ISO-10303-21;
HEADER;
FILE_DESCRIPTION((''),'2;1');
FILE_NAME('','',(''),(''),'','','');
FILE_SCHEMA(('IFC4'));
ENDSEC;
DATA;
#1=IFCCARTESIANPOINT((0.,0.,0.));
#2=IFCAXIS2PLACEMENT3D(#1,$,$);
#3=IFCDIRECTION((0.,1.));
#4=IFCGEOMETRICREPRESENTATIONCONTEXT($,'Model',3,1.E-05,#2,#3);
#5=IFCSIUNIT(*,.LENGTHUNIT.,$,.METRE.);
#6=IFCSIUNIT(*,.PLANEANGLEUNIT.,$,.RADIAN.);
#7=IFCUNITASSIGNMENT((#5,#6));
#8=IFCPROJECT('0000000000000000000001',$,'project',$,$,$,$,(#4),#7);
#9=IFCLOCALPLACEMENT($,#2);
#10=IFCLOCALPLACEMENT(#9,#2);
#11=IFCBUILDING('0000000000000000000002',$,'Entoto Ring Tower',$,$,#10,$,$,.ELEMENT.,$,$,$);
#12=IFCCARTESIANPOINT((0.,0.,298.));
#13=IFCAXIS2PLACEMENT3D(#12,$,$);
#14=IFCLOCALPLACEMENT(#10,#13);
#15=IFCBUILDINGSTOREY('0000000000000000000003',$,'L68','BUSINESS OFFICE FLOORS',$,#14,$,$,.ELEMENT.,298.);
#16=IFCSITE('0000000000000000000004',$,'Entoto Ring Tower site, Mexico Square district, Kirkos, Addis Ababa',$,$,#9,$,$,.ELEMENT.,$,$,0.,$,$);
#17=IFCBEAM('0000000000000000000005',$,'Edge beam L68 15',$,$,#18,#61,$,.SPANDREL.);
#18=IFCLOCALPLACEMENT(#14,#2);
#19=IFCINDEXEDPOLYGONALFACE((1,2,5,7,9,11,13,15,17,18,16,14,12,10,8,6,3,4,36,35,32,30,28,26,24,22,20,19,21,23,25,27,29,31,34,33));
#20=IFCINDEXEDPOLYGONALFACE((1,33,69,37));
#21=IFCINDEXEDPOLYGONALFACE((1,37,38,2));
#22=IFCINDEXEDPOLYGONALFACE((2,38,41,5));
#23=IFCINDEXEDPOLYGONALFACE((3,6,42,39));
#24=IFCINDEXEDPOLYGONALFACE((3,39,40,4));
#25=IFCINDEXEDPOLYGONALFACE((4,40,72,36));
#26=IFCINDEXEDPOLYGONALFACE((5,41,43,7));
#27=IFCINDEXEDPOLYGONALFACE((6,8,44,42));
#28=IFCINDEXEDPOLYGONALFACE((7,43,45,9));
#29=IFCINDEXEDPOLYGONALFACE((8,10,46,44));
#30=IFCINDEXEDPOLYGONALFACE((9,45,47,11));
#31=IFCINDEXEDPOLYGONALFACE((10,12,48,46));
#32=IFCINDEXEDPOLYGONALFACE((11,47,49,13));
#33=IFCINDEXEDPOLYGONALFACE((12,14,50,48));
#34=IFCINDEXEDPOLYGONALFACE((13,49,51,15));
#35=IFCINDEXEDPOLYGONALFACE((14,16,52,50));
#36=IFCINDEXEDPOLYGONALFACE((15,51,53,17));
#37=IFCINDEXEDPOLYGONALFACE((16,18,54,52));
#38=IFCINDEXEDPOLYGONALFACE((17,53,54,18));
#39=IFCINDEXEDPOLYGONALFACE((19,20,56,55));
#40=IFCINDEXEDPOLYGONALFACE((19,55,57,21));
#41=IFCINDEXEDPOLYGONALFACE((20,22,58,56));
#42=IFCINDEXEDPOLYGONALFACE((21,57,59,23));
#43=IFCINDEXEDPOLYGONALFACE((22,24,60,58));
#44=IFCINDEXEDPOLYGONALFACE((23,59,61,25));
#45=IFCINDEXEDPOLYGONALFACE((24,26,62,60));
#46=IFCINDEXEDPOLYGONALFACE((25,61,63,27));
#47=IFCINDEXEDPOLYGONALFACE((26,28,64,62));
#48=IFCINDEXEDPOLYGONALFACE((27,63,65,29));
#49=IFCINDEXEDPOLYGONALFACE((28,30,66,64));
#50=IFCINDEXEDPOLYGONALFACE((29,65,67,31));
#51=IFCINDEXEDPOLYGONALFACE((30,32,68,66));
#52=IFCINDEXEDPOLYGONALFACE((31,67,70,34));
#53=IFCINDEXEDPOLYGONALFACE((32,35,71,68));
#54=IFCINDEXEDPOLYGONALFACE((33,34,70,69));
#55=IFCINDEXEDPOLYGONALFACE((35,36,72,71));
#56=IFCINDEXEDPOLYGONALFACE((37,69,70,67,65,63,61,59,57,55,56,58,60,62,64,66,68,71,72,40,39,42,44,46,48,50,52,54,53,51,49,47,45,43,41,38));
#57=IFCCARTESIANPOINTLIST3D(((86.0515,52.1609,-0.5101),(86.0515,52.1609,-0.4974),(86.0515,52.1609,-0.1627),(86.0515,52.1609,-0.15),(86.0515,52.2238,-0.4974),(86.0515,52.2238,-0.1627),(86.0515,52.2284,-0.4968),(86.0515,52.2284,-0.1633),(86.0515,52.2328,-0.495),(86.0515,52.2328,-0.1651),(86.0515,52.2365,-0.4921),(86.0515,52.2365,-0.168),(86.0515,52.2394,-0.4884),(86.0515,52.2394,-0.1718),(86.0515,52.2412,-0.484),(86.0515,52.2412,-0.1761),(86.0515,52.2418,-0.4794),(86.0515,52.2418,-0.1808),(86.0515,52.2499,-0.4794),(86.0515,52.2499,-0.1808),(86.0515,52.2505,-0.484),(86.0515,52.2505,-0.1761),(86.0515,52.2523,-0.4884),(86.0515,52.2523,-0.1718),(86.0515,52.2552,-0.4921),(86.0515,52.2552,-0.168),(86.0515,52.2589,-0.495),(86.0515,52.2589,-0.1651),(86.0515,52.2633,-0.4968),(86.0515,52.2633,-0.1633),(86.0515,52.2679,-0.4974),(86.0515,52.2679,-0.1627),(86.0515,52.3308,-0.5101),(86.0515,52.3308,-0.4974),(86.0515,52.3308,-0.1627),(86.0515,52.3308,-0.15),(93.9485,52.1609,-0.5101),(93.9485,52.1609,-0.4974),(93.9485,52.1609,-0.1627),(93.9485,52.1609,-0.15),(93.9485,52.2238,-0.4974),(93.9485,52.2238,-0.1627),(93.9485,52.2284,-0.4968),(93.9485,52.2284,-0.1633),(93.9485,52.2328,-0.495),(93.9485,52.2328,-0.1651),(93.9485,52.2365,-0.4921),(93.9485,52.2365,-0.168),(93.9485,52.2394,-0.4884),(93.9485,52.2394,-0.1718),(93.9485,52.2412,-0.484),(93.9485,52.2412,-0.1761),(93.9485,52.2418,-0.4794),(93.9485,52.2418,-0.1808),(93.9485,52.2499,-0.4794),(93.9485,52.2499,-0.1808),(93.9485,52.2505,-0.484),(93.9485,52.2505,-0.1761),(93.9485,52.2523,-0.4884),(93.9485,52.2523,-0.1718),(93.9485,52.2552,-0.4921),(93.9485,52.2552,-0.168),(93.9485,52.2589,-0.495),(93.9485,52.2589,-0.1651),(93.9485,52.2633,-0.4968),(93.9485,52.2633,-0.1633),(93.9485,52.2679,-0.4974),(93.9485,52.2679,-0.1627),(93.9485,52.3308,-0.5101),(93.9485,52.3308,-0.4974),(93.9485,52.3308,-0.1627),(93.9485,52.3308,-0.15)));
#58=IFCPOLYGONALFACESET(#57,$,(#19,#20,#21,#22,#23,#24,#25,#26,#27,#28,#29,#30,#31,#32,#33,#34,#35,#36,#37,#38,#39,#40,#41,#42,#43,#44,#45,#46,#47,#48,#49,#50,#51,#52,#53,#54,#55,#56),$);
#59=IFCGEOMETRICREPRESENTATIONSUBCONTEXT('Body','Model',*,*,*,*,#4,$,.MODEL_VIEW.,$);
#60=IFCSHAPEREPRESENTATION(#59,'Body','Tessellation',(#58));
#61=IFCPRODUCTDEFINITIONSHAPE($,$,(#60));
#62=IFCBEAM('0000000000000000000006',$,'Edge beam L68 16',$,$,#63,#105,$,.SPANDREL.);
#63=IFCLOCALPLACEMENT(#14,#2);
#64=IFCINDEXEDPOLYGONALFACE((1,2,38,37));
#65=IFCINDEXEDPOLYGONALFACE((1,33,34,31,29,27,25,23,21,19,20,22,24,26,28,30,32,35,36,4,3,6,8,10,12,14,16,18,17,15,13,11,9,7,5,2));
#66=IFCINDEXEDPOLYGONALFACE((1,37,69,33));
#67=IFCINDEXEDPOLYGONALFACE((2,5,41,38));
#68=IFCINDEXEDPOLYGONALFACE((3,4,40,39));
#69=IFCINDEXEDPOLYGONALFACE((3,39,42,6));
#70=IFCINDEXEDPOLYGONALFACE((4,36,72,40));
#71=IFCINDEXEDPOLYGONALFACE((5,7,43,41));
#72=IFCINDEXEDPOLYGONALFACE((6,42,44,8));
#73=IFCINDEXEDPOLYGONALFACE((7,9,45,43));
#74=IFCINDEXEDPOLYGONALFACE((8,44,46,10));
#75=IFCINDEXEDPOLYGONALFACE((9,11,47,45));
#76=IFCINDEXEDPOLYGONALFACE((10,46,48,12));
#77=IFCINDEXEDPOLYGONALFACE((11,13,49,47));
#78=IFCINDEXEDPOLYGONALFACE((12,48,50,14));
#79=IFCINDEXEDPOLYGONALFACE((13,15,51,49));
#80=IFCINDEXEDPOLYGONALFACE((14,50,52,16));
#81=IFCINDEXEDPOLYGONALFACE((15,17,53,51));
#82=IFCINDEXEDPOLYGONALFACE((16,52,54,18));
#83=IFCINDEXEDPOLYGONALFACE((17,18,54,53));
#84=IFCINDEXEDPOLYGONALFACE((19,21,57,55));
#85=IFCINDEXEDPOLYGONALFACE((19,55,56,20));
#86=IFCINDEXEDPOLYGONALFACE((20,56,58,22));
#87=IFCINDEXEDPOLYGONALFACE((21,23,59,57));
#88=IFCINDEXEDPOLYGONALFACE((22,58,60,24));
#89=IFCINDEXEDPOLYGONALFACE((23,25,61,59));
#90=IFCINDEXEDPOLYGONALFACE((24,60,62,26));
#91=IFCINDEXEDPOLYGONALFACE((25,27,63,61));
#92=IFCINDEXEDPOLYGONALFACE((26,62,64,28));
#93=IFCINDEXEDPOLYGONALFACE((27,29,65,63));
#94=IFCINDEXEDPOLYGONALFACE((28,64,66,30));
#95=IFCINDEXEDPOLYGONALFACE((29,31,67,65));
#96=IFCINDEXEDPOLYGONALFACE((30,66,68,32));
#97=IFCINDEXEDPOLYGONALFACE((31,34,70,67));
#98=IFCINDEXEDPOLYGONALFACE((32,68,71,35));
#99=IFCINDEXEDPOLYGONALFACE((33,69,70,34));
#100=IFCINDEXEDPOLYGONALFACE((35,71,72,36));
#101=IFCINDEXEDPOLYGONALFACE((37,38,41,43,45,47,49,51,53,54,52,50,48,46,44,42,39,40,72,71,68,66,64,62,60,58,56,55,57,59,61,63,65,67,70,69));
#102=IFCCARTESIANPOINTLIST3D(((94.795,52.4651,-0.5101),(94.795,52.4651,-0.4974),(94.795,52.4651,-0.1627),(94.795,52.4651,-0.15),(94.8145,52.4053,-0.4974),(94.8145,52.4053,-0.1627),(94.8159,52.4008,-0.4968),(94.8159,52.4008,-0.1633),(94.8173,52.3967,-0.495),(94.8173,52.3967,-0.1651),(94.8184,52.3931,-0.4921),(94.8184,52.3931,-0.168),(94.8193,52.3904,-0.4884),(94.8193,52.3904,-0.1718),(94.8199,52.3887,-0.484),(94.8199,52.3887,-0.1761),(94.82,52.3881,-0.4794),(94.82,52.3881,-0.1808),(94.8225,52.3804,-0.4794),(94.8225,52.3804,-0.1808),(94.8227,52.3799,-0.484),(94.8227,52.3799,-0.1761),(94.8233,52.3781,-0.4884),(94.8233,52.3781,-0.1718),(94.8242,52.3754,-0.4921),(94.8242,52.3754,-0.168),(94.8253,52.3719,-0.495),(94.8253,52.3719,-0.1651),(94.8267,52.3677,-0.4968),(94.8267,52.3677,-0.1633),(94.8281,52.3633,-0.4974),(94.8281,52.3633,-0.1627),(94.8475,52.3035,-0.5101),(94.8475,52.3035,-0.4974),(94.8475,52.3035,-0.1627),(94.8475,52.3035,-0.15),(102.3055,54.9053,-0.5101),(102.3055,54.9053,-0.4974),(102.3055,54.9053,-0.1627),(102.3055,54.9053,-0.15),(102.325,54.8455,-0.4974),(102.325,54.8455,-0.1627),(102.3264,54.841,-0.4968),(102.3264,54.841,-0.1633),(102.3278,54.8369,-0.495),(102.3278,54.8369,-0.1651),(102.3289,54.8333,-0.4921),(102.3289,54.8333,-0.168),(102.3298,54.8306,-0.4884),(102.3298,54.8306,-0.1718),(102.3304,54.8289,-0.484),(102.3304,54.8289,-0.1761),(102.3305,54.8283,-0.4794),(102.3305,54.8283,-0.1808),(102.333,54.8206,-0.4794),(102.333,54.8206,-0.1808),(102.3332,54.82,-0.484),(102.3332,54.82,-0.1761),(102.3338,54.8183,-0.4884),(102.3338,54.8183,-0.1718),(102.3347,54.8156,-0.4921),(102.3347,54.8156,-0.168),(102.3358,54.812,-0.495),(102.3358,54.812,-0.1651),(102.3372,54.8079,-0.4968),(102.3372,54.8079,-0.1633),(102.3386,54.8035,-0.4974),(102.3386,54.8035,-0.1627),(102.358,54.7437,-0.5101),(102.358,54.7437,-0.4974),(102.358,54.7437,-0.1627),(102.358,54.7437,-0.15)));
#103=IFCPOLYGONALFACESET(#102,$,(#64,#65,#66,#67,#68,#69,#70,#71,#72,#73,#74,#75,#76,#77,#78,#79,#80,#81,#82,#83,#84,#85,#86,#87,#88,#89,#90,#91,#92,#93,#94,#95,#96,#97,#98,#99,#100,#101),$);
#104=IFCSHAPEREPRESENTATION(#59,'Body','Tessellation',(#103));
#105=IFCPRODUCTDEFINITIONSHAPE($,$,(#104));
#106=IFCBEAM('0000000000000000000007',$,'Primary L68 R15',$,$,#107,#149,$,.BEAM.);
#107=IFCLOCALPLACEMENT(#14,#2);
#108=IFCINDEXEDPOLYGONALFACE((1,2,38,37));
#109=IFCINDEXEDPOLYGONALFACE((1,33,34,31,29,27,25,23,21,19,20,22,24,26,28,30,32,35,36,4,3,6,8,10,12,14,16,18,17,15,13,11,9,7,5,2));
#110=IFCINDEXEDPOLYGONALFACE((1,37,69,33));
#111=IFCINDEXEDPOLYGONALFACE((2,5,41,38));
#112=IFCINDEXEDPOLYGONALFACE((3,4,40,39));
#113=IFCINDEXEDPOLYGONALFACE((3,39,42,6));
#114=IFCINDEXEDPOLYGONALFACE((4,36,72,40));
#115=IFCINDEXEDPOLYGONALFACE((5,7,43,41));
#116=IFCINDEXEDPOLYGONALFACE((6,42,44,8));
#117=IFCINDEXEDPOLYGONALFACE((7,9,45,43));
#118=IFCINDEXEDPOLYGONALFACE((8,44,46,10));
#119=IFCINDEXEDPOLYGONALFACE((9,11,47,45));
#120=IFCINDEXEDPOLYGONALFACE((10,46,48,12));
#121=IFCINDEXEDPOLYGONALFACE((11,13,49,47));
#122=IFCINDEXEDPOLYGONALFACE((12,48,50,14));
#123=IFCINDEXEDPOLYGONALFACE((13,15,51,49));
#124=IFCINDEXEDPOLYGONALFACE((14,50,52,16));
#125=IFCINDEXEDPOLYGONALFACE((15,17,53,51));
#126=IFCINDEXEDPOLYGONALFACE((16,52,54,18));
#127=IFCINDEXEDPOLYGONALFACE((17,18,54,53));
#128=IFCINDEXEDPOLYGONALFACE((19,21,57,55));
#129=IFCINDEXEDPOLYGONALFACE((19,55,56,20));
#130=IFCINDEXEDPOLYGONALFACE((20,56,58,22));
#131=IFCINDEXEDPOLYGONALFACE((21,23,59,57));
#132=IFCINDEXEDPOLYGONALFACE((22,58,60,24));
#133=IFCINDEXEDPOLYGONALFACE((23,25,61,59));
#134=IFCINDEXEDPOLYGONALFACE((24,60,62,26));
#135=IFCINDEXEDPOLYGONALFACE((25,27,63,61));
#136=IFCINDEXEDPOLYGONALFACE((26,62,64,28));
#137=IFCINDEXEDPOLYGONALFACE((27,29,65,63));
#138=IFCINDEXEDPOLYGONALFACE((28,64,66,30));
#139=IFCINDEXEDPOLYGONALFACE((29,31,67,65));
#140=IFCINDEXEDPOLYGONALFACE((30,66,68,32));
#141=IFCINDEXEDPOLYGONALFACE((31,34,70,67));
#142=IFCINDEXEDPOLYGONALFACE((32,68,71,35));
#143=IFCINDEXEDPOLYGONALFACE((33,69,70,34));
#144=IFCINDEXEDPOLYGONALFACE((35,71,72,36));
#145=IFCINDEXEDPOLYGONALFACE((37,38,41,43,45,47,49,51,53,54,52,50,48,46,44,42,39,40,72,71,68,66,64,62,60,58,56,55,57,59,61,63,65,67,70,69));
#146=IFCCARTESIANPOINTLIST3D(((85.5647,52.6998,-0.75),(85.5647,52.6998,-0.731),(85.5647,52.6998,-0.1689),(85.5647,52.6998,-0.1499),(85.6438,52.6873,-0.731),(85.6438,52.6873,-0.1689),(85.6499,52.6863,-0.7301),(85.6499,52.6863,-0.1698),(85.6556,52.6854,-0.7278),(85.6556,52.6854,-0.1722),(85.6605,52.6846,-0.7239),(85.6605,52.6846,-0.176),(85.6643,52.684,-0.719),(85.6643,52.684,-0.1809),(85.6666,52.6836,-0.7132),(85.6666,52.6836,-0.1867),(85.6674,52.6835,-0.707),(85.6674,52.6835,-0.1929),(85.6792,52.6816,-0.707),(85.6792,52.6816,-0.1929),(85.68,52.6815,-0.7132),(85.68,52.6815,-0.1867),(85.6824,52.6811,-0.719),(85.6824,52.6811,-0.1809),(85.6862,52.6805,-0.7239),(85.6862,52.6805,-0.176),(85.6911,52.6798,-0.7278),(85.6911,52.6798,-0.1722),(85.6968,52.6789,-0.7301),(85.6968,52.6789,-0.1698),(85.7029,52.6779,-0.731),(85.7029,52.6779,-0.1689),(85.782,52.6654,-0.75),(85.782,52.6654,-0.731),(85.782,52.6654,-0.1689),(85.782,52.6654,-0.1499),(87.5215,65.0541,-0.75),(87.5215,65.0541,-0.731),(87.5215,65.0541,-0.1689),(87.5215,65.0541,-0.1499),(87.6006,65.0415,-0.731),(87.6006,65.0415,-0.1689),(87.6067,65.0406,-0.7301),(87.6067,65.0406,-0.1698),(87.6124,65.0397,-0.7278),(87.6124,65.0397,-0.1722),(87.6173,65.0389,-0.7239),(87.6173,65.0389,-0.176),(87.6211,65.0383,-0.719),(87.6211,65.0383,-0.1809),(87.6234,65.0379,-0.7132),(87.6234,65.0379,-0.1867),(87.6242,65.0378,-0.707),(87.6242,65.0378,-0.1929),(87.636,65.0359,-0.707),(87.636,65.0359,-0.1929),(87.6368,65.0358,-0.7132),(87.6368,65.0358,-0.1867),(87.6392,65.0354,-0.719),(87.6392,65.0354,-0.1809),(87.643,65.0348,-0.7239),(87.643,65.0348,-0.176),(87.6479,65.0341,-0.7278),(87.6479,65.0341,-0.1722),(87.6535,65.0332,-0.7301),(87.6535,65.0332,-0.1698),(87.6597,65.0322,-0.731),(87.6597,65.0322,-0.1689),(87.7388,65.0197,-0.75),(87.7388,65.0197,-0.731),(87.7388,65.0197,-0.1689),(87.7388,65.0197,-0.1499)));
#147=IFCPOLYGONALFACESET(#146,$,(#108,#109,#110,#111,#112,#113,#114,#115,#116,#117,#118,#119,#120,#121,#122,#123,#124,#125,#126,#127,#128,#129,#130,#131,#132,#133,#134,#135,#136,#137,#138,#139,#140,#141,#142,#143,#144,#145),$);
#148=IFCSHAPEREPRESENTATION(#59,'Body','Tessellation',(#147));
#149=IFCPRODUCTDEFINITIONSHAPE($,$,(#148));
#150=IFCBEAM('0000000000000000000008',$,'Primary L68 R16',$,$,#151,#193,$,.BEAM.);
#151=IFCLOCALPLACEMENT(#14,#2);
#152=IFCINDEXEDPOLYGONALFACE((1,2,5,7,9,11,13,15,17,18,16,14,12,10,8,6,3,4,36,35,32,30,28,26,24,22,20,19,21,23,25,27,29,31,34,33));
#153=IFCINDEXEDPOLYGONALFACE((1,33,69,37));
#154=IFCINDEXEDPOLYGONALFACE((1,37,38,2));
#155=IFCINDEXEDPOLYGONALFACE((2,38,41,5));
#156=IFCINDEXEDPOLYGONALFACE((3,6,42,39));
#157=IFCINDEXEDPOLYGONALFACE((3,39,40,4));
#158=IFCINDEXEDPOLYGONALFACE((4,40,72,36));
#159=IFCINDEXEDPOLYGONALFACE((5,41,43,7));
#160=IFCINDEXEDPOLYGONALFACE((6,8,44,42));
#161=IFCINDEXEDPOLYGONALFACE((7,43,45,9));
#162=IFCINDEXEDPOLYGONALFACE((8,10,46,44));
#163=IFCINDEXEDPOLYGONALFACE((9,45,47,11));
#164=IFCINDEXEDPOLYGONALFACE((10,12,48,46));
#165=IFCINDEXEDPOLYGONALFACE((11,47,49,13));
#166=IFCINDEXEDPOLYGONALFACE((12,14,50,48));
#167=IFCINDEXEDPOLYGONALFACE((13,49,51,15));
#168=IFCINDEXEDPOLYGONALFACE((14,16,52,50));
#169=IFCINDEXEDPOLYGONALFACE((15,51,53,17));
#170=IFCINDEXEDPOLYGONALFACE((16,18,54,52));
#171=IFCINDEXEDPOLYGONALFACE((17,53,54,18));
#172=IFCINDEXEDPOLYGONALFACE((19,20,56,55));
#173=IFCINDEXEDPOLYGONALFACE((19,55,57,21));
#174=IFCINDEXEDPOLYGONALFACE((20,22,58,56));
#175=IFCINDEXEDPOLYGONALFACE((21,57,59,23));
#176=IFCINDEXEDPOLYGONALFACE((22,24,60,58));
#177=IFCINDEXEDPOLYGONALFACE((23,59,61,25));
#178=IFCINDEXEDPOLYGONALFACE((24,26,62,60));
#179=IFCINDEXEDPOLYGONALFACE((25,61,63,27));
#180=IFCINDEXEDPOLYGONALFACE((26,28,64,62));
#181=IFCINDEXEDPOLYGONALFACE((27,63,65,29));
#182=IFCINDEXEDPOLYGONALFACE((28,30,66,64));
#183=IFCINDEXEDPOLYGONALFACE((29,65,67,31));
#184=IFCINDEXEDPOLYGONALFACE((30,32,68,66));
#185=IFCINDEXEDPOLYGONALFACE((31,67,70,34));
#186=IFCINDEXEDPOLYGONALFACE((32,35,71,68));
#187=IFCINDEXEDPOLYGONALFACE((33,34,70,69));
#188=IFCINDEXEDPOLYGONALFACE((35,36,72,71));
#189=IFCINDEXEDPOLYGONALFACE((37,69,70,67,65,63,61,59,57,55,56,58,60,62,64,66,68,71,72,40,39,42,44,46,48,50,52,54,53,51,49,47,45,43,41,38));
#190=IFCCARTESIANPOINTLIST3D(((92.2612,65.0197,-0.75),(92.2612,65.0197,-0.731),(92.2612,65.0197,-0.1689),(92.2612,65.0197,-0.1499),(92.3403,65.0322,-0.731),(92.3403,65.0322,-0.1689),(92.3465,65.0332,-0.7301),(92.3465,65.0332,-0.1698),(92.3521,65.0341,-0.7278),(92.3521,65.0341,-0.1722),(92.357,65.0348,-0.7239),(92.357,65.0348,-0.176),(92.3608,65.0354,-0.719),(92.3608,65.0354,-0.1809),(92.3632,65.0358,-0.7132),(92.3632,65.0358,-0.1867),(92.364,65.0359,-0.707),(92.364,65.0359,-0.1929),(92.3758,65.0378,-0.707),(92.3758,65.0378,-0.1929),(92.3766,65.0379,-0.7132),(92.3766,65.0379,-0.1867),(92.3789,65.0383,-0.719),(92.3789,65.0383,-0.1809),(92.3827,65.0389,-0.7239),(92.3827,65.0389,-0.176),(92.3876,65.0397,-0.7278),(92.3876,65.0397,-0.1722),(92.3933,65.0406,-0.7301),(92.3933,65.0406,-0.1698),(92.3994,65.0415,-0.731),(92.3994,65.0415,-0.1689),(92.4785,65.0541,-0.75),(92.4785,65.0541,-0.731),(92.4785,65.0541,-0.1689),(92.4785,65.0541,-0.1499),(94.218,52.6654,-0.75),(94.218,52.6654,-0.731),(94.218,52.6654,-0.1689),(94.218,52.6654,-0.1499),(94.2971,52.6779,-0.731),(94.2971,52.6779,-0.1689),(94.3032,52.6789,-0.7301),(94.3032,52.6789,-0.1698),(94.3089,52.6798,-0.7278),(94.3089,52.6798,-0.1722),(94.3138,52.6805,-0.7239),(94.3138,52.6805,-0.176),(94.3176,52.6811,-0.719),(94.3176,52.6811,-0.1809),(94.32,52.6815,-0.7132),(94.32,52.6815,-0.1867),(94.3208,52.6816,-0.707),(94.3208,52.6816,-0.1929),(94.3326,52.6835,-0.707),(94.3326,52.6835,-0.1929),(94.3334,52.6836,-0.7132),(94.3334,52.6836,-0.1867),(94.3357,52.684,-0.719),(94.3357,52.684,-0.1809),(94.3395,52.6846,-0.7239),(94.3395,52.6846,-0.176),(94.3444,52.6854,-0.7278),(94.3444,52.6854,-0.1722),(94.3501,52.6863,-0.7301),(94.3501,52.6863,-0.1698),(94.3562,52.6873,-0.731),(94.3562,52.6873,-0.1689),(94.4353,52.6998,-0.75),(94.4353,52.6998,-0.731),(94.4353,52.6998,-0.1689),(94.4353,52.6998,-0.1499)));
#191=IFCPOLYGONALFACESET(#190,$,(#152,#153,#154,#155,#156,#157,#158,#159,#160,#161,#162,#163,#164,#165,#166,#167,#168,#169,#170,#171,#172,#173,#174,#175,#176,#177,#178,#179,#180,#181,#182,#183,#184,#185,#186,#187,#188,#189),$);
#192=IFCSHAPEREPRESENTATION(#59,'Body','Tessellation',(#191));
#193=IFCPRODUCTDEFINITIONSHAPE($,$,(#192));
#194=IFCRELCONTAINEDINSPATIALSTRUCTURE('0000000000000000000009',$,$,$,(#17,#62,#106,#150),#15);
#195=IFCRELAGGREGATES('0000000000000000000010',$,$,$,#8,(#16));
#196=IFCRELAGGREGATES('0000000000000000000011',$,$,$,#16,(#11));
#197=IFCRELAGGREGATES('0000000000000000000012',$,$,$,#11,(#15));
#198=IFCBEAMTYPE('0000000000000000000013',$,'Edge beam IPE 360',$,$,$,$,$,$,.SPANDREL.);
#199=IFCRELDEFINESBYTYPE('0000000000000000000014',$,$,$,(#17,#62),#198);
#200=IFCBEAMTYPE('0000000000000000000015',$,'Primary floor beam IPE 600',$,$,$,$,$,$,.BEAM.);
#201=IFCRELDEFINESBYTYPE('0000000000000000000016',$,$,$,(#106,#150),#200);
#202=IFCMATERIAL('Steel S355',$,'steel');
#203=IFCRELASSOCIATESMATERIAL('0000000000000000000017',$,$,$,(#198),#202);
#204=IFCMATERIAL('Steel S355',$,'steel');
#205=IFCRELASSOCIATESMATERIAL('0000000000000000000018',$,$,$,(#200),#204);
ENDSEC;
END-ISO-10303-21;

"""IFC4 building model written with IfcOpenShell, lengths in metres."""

from ifc_helpers import new_model, si_unit, direction, frame, origin, origin_2d, place, context, subcontext, project, spatial, i_section, extrude, material, material_profile, profile_set, type_object, element, save


model = new_model("IFC4")

# Units and contexts
model_context = context("Model", 3, precision=1e-05, world=origin(), true_north=direction((0.0, 1.0)))
body_context = subcontext(model_context, "Body", "Model", "MODEL_VIEW")
ifc_project = project(units=[si_unit("LENGTHUNIT", "METRE"), si_unit("PLANEANGLEUNIT", "RADIAN")], contexts=[model_context])

# Site, building, storey
site_placement = place(None, origin())
site = spatial("IfcSite", under=ifc_project, at=site_placement, Name="Entoto Ring Tower site, Mexico Square district, Kirkos, Addis Ababa", CompositionType="ELEMENT", RefElevation=0.0)
building_placement = place(site_placement, origin())
building = spatial("IfcBuilding", under=site, at=building_placement, Name="Entoto Ring Tower", CompositionType="ELEMENT")
storey_placement = place(building_placement, frame((0.0, 0.0, 298.0)))
storey = spatial("IfcBuildingStorey", under=building, at=storey_placement, Name="L68", Description="BUSINESS OFFICE FLOORS", CompositionType="ELEMENT", Elevation=298.0)

# Beams
ifc_material_1 = material(Name="Steel S355", Category="steel")
ifc_material_profile_1 = material_profile(ifc_material_1, i_section(OverallWidth=0.1699, OverallDepth=0.3601, WebThickness=0.0081, FlangeThickness=0.0127, FilletRadius=0.0181, at=origin_2d()), Name="IPE 360")
ifc_profile_set_1 = profile_set([ifc_material_profile_1], Name="Steel S355")
beam_type_1 = type_object("IfcBeamType", Name="Edge beam IPE 360", PredefinedType="SPANDREL", material=ifc_profile_set_1)
for number, where, z_axis, x_axis, name in (
    (1, (86.0515, 52.2458, -0.3301), (1.0, 0.0, 0.0), (0.0, 1.0, 0.0), "Edge beam L68 15"),
    (2, (94.8213, 52.3843, -0.3301), (0.951061, 0.309003, 0.0), (-0.309003, 0.951061, 0.0), "Edge beam L68 16"),
):
    element("IfcBeam", number, at=place(storey_placement, frame(where, z_axis=z_axis, x_axis=x_axis)), inside=storey, type_object=beam_type_1, Name=name, PredefinedType="SPANDREL", context=body_context, shape_type="SweptSolid", body=[
        extrude(i_section(OverallWidth=0.1699, OverallDepth=0.3601, WebThickness=0.0081, FlangeThickness=0.0127, FilletRadius=0.0181, at=origin_2d()), origin(), (0.0, 0.0, 1.0), 7.897),
    ])
ifc_material_2 = material(Name="Steel S355", Category="steel")
ifc_material_profile_2 = material_profile(ifc_material_2, i_section(OverallWidth=0.22, OverallDepth=0.6001, WebThickness=0.012, FlangeThickness=0.019, FilletRadius=0.0239, at=origin_2d()), Name="IPE 600")
ifc_profile_set_2 = profile_set([ifc_material_profile_2], Name="Steel S355")
beam_type_2 = type_object("IfcBeamType", Name="Primary floor beam IPE 600", PredefinedType="BEAM", material=ifc_profile_set_2)
for number, where, z_axis, x_axis, name in (
    (3, (87.6301, 65.0369, -0.45), (-0.15644, -0.987688, 0.0), (0.987688, -0.15644, 0.0), "Primary L68 R15"),
    (4, (92.3699, 65.0369, -0.45), (0.15644, -0.987688, 0.0), (0.987688, 0.15644, 0.0), "Primary L68 R16"),
):
    element("IfcBeam", number, at=place(storey_placement, frame(where, z_axis=z_axis, x_axis=x_axis)), inside=storey, type_object=beam_type_2, Name=name, PredefinedType="BEAM", context=body_context, shape_type="SweptSolid", body=[
        extrude(i_section(OverallWidth=0.22, OverallDepth=0.6001, WebThickness=0.012, FlangeThickness=0.019, FilletRadius=0.0239, at=origin_2d()), origin(), (0.0, 0.0, 1.0), 12.5083),
    ])

save(model, "model.ifc")
